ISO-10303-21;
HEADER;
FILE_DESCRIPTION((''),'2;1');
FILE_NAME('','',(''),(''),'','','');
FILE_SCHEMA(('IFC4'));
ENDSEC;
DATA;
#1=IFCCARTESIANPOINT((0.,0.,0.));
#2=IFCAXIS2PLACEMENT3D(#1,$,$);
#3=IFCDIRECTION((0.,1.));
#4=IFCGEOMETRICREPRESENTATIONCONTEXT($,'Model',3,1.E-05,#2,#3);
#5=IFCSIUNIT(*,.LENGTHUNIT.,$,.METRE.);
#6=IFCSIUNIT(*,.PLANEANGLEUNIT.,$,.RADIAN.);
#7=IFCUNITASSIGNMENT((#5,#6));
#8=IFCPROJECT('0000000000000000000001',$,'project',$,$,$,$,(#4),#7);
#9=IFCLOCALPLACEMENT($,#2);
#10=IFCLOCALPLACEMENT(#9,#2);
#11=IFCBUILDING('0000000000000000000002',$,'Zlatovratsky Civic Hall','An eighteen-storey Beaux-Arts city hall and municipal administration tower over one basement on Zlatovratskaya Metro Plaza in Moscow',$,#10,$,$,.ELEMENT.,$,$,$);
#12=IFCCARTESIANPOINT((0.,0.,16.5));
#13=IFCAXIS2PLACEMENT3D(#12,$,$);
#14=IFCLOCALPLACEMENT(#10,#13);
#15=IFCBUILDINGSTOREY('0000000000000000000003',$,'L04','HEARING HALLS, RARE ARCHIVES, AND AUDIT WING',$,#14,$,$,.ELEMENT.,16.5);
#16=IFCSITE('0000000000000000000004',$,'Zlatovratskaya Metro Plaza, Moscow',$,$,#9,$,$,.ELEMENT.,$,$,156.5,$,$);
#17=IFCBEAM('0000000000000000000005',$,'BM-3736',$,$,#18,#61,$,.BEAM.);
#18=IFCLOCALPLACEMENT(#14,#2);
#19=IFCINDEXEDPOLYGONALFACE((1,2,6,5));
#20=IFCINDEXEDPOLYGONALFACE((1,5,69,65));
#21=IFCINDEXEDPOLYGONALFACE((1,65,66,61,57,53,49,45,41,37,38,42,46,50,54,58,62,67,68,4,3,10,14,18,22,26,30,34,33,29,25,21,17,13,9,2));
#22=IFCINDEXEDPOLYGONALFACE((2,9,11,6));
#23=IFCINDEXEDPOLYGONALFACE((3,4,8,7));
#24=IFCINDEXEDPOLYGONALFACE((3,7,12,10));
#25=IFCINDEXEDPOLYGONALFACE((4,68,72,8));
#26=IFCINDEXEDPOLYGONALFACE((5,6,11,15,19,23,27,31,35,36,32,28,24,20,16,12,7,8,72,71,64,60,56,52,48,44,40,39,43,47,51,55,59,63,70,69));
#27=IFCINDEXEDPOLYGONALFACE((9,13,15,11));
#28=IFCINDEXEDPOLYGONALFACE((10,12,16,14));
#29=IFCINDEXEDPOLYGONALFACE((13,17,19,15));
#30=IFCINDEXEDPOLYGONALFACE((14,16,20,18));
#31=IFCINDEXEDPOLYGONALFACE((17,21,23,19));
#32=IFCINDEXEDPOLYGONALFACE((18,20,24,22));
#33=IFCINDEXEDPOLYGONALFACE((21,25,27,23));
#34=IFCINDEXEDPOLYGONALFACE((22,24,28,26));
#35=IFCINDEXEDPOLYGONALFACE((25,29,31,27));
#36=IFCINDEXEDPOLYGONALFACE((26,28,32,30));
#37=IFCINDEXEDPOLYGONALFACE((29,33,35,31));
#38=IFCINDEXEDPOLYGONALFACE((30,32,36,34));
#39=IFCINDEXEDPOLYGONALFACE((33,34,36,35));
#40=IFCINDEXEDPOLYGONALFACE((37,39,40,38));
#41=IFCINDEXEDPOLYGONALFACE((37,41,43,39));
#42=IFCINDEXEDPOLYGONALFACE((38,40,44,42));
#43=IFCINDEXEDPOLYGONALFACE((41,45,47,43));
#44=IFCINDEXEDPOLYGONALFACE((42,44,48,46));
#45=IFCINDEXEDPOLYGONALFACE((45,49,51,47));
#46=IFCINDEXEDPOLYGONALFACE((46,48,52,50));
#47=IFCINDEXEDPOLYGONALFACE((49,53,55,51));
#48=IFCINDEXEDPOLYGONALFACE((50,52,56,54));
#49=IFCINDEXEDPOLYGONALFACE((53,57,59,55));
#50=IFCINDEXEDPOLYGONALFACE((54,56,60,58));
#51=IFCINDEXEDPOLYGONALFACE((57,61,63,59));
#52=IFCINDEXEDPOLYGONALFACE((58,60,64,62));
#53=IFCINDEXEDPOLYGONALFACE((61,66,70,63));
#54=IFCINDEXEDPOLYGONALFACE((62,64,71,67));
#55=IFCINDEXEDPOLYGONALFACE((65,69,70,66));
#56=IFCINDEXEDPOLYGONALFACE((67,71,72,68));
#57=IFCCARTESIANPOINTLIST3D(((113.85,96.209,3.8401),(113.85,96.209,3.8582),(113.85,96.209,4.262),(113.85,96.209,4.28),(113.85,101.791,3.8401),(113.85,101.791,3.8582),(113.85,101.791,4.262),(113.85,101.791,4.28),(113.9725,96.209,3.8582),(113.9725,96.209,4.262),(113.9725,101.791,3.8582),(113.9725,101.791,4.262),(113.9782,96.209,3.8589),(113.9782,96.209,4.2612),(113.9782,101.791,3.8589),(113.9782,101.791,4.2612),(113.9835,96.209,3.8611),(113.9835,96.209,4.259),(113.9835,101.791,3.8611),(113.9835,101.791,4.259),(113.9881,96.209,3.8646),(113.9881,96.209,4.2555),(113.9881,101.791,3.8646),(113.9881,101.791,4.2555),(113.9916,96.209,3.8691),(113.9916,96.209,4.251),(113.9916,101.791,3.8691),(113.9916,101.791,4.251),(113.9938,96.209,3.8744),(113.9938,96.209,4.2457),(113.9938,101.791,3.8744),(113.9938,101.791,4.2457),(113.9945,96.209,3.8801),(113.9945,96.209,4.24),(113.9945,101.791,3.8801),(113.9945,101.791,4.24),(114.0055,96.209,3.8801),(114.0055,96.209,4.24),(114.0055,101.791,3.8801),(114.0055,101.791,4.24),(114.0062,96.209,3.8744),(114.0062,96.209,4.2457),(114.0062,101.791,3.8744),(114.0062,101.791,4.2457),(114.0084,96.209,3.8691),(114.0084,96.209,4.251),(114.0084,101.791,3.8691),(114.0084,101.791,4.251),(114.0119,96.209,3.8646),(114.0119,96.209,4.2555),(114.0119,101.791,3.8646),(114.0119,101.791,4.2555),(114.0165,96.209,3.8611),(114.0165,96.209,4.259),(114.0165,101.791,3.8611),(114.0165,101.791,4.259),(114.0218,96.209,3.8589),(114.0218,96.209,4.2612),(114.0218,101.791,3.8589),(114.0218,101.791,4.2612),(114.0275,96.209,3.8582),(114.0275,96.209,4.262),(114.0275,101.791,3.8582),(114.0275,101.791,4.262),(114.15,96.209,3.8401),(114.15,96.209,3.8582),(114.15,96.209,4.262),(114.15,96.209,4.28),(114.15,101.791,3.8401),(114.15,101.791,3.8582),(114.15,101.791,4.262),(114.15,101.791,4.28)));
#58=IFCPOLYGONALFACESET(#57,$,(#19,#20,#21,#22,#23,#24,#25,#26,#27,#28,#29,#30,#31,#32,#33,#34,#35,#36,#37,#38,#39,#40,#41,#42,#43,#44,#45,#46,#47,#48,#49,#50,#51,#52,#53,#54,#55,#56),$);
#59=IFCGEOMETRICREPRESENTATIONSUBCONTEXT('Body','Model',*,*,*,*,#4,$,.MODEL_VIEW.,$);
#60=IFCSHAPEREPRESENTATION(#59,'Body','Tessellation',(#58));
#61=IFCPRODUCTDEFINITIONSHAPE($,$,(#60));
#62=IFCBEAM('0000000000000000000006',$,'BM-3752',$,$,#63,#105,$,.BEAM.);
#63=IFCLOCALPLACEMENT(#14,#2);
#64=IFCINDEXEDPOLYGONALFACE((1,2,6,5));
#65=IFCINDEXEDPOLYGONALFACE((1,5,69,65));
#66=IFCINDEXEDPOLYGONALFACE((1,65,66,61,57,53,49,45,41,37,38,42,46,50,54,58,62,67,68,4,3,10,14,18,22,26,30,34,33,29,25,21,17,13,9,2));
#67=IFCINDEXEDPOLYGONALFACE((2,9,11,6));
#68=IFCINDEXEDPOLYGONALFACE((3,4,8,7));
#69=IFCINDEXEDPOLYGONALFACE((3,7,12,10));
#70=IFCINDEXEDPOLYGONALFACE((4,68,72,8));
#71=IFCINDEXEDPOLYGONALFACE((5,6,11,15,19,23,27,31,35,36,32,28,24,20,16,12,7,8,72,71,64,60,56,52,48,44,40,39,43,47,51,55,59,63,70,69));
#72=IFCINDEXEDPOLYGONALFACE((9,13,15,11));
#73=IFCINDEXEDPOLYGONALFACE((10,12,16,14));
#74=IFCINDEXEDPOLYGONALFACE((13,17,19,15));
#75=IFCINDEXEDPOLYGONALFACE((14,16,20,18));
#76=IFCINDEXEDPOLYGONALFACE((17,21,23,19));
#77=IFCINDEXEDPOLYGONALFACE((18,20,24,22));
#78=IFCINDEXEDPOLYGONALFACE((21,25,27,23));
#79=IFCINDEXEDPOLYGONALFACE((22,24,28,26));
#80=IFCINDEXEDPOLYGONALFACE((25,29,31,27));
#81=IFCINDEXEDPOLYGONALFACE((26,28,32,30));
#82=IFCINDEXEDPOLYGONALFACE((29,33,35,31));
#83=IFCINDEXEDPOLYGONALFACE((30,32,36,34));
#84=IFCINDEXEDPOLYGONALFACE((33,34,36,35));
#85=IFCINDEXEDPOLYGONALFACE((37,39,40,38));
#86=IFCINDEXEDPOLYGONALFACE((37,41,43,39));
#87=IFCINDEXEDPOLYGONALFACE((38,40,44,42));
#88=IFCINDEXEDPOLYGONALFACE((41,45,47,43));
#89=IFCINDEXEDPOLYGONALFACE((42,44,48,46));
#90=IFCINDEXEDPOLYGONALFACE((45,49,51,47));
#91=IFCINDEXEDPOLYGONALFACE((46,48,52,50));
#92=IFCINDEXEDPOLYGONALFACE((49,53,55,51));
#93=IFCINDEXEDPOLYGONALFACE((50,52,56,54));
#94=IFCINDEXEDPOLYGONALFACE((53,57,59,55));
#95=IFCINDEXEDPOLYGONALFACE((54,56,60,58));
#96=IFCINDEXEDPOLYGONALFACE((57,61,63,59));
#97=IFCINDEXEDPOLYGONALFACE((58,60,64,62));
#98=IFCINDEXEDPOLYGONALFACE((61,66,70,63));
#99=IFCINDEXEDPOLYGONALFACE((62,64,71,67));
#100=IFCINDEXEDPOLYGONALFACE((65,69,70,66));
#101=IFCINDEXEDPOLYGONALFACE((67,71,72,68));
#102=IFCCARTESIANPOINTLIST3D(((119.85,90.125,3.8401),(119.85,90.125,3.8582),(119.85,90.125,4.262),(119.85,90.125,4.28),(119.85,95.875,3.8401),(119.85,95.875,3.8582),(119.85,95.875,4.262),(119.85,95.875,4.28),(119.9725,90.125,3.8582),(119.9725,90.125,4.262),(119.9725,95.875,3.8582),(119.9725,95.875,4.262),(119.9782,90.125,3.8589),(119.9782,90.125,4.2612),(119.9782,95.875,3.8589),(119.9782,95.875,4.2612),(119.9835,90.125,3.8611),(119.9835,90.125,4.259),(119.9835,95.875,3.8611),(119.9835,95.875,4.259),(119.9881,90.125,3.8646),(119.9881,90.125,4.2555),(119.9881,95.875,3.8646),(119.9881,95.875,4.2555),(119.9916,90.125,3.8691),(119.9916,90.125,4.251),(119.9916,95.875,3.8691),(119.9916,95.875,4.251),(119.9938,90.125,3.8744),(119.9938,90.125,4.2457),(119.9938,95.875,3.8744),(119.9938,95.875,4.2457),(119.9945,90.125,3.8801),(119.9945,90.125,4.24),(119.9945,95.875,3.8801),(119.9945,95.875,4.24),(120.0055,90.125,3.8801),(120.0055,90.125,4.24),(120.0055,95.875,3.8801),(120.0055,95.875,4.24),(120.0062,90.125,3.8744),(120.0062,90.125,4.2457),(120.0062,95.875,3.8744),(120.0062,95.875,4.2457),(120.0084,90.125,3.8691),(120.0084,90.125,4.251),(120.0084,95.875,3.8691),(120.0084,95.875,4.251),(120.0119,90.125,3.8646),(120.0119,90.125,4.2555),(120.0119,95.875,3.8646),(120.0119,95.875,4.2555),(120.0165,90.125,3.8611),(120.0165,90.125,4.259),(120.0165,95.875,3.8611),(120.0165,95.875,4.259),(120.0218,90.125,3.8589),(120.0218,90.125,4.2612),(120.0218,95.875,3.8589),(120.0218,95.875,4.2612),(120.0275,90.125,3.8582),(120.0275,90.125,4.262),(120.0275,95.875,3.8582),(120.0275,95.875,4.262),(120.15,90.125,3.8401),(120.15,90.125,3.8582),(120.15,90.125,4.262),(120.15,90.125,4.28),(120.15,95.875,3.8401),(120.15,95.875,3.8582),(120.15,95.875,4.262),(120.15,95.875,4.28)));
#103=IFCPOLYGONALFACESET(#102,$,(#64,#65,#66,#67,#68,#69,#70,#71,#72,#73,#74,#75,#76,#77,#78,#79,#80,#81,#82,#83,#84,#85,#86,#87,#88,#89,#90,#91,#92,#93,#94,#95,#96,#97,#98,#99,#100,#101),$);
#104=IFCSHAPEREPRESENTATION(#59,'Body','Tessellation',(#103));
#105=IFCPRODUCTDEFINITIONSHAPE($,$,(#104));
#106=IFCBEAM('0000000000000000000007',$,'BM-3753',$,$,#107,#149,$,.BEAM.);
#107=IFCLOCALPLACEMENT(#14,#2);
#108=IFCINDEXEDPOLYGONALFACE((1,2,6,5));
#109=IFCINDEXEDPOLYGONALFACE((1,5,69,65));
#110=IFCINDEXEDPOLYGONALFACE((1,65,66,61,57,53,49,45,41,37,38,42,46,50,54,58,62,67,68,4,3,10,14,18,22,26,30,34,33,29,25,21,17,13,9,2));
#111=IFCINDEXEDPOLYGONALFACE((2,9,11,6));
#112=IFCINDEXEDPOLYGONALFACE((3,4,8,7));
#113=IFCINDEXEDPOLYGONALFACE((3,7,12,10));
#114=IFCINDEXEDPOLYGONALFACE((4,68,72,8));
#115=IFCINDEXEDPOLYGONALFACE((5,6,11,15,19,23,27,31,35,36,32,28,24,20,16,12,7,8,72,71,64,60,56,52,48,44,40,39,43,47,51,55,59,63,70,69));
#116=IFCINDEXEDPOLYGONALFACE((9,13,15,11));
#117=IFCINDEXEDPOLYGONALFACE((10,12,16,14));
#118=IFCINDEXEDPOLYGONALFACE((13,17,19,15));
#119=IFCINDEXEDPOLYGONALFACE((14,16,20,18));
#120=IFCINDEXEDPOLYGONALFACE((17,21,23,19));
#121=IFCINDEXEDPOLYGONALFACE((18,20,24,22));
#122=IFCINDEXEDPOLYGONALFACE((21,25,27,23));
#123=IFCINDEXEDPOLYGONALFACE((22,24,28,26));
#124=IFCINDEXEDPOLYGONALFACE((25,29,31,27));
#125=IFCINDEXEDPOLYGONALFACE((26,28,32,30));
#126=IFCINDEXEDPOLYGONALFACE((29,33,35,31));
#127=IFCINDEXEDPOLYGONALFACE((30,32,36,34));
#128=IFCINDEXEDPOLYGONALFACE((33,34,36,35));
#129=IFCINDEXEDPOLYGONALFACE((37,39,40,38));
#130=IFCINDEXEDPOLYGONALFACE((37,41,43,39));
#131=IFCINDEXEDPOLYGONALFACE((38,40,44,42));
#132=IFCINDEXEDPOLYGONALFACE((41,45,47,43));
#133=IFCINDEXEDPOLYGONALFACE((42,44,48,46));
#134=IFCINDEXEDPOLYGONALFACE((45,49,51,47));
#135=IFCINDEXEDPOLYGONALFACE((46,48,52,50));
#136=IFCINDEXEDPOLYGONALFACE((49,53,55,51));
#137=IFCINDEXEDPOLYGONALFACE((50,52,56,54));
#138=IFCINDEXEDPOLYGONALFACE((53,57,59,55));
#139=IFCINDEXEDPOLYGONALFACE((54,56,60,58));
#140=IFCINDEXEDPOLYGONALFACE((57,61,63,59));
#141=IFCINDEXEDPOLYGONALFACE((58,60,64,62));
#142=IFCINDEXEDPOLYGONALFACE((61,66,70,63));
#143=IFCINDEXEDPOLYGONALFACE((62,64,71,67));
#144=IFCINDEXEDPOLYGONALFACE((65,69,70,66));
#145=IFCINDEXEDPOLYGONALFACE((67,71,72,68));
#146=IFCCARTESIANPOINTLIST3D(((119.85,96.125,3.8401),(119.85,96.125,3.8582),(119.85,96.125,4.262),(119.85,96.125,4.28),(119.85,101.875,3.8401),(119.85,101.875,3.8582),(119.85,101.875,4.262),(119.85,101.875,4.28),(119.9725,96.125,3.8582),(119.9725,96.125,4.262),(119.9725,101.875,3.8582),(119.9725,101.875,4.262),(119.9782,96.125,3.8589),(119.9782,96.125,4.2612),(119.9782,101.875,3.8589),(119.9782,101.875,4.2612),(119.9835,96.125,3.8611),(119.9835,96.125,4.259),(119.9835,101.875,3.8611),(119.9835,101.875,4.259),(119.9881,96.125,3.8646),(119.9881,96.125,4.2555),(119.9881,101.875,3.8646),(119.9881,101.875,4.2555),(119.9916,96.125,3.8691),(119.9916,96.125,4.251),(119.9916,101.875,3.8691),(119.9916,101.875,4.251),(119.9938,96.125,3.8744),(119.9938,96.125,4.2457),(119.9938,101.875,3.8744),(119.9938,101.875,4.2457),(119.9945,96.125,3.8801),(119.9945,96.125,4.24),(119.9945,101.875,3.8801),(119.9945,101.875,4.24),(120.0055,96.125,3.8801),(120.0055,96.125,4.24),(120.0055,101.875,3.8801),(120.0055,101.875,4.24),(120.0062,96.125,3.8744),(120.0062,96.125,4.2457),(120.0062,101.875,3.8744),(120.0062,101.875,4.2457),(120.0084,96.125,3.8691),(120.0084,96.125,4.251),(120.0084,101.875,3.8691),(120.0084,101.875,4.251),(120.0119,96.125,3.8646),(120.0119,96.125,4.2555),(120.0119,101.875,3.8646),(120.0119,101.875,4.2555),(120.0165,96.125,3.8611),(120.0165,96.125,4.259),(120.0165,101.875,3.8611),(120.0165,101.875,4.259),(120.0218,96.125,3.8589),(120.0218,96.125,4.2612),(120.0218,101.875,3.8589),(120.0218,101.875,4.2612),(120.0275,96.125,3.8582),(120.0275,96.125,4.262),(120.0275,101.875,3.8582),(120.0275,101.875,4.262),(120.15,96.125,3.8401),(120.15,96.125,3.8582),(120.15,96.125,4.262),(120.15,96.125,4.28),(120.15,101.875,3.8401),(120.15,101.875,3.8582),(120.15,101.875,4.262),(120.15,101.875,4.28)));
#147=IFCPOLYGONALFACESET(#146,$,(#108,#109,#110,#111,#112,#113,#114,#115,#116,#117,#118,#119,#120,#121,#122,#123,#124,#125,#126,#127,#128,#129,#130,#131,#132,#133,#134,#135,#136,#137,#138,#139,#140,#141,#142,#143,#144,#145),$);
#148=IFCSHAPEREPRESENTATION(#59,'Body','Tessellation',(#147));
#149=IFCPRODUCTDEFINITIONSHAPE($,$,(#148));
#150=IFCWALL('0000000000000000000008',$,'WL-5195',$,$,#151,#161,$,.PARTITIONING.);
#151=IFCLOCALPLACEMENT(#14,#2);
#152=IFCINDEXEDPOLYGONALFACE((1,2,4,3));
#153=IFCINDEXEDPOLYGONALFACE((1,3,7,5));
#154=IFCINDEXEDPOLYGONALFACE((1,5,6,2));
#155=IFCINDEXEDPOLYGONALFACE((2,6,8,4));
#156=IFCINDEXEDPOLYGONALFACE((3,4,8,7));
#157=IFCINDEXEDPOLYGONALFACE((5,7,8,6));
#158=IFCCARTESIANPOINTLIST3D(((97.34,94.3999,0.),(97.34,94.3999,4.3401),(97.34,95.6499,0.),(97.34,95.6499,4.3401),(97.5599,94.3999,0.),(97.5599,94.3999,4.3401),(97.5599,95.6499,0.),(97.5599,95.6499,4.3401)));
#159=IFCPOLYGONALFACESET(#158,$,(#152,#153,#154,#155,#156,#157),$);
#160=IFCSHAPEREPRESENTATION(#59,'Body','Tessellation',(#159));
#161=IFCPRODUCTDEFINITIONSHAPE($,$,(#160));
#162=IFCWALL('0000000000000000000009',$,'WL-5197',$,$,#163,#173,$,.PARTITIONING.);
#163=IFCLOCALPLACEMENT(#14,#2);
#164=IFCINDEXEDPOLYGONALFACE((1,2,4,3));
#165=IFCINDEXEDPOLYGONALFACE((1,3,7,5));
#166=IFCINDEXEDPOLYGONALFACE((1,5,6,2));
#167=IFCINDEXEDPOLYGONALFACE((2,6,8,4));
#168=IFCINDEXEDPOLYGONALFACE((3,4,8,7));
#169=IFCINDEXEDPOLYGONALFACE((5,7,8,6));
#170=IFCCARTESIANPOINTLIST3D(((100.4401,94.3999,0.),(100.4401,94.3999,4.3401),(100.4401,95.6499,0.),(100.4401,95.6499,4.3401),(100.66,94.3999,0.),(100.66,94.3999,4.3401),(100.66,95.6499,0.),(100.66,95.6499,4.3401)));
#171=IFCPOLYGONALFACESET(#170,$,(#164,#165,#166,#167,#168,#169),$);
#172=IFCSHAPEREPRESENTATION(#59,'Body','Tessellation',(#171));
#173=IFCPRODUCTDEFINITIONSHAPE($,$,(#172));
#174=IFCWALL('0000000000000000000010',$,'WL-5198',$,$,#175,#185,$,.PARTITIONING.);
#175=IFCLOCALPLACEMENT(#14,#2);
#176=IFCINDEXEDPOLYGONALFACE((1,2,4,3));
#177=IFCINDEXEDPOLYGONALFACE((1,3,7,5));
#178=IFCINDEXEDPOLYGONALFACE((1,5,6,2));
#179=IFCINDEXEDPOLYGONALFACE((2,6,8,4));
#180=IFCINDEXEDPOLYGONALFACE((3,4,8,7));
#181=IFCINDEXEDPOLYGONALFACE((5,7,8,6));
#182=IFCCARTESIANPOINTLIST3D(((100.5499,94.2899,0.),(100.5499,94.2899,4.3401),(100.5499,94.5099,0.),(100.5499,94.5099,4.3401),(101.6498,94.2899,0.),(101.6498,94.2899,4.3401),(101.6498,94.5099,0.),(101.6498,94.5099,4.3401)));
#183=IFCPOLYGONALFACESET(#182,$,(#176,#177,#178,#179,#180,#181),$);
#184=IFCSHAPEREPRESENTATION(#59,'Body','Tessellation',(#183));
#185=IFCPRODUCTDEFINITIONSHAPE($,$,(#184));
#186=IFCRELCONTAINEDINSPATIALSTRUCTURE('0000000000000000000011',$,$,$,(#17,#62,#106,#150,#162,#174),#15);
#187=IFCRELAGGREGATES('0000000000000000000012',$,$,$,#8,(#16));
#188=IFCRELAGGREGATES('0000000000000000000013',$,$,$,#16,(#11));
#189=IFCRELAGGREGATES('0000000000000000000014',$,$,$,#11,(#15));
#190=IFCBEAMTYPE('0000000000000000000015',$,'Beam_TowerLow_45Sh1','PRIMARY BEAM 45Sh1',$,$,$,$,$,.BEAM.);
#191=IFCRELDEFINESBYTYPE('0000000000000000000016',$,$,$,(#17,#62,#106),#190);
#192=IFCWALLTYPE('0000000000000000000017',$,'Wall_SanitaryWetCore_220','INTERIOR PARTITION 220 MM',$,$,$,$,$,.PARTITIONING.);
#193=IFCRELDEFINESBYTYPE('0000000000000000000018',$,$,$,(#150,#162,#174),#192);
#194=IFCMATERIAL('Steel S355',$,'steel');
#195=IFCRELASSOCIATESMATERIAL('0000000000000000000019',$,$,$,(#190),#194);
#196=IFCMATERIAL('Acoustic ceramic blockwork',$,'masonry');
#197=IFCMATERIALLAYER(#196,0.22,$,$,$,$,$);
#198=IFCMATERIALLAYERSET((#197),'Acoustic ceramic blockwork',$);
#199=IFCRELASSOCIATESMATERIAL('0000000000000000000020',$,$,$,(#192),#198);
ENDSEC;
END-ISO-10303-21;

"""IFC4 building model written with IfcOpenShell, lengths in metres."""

from ifc_helpers import new_model, si_unit, direction, frame, frame_2d, origin, origin_2d, place, context, subcontext, project, spatial, rectangle, i_section, extrude, material, layer, layer_set, material_profile, profile_set, type_object, element, save


model = new_model("IFC4")

# Units and contexts
model_context = context("Model", 3, precision=1e-05, world=origin(), true_north=direction((0.0, 1.0)))
body_context = subcontext(model_context, "Body", "Model", "MODEL_VIEW")
ifc_project = project(units=[si_unit("LENGTHUNIT", "METRE"), si_unit("PLANEANGLEUNIT", "RADIAN")], contexts=[model_context])

# Site, building, storey
site_placement = place(None, origin())
site = spatial("IfcSite", under=ifc_project, at=site_placement, Name="Zlatovratskaya Metro Plaza, Moscow", CompositionType="ELEMENT", RefElevation=156.5)
building_placement = place(site_placement, origin())
building = spatial("IfcBuilding", under=site, at=building_placement, Name="Zlatovratsky Civic Hall", Description="An eighteen-storey Beaux-Arts city hall and municipal administration tower over one basement on Zlatovratskaya Metro Plaza in Moscow", CompositionType="ELEMENT")
storey_placement = place(building_placement, frame((0.0, 0.0, 16.5)))
storey = spatial("IfcBuildingStorey", under=building, at=storey_placement, Name="L04", Description="HEARING HALLS, RARE ARCHIVES, AND AUDIT WING", CompositionType="ELEMENT", Elevation=16.5)

# Shared definitions
ifc_material_1 = material(Name="Steel S355", Category="steel")

# Beams
ifc_material_profile_1 = material_profile(ifc_material_1, i_section(OverallWidth=0.3, OverallDepth=0.4399, WebThickness=0.011, FlangeThickness=0.0181, FilletRadius=0.022, at=origin_2d()), Name="45Sh1")
ifc_profile_set_1 = profile_set([ifc_material_profile_1], Name="Steel S355")
beam_type = type_object("IfcBeamType", Name="Beam_TowerLow_45Sh1", Description="PRIMARY BEAM 45Sh1", PredefinedType="BEAM", material=ifc_profile_set_1)
for number, where, z_axis, x_axis, name in (
    (1, (114.0, 96.209, 4.0601), (0.0, 1.0, 0.0), (-1.0, 0.0, 0.0), "BM-3736"),
):
    element("IfcBeam", number, at=place(storey_placement, frame(where, z_axis=z_axis, x_axis=x_axis)), inside=storey, type_object=beam_type, Name=name, PredefinedType="BEAM", context=body_context, shape_type="SweptSolid", body=[
        extrude(i_section(OverallWidth=0.3, OverallDepth=0.4399, WebThickness=0.011, FlangeThickness=0.0181, FilletRadius=0.022, at=origin_2d()), origin(), (0.0, 0.0, 1.0), 5.582),
    ])
for number, where, z_axis, x_axis, name in (
    (2, (120.0, 90.125, 4.0601), (0.0, 1.0, 0.0), (-1.0, 0.0, 0.0), "BM-3752"),
    (3, (120.0, 96.125, 4.0601), (0.0, 1.0, 0.0), (-1.0, 0.0, 0.0), "BM-3753"),
):
    element("IfcBeam", number, at=place(storey_placement, frame(where, z_axis=z_axis, x_axis=x_axis)), inside=storey, type_object=beam_type, Name=name, PredefinedType="BEAM", context=body_context, shape_type="SweptSolid", body=[
        extrude(i_section(OverallWidth=0.3, OverallDepth=0.4399, WebThickness=0.011, FlangeThickness=0.0181, FilletRadius=0.022, at=origin_2d()), origin(), (0.0, 0.0, 1.0), 5.75),
    ])

# Walls
ifc_material_2 = material(Name="Acoustic ceramic blockwork", Category="masonry")
ifc_layer = layer(ifc_material_2, 0.22)
ifc_layer_set = layer_set([ifc_layer], Name="Acoustic ceramic blockwork")
wall_type = type_object("IfcWallType", Name="Wall_SanitaryWetCore_220", Description="INTERIOR PARTITION 220 MM", PredefinedType="PARTITIONING", material=ifc_layer_set)
for number, where, z_axis, x_axis, name in (
    (4, (97.45, 94.3999, 0.0), (0.0, 0.0, 1.0), (0.0, 1.0, 0.0), "WL-5195"),
    (5, (100.55, 94.3999, 0.0), (0.0, 0.0, 1.0), (0.0, 1.0, 0.0), "WL-5197"),
):
    element("IfcWall", number, at=place(storey_placement, frame(where, z_axis=z_axis, x_axis=x_axis)), inside=storey, type_object=wall_type, Name=name, PredefinedType="PARTITIONING", context=body_context, shape_type="SweptSolid", body=[
        extrude(rectangle(XDim=1.25, YDim=0.22, at=frame_2d((0.625, 0.0))), origin(), (0.0, 0.0, 1.0), 4.3401),
    ])
wall_placement = place(storey_placement, frame((100.55, 94.3999, 0.0), z_axis=(0.0, 0.0, 1.0), x_axis=(1.0, 0.0, 0.0)))
element("IfcWall", 6, at=wall_placement, inside=storey, type_object=wall_type, Name="WL-5198", PredefinedType="PARTITIONING", context=body_context, shape_type="SweptSolid", body=[
    extrude(rectangle(XDim=1.0999, YDim=0.22, at=frame_2d((0.5498, 0.0))), origin(), (0.0, 0.0, 1.0), 4.3401),
])

save(model, "model.ifc")
